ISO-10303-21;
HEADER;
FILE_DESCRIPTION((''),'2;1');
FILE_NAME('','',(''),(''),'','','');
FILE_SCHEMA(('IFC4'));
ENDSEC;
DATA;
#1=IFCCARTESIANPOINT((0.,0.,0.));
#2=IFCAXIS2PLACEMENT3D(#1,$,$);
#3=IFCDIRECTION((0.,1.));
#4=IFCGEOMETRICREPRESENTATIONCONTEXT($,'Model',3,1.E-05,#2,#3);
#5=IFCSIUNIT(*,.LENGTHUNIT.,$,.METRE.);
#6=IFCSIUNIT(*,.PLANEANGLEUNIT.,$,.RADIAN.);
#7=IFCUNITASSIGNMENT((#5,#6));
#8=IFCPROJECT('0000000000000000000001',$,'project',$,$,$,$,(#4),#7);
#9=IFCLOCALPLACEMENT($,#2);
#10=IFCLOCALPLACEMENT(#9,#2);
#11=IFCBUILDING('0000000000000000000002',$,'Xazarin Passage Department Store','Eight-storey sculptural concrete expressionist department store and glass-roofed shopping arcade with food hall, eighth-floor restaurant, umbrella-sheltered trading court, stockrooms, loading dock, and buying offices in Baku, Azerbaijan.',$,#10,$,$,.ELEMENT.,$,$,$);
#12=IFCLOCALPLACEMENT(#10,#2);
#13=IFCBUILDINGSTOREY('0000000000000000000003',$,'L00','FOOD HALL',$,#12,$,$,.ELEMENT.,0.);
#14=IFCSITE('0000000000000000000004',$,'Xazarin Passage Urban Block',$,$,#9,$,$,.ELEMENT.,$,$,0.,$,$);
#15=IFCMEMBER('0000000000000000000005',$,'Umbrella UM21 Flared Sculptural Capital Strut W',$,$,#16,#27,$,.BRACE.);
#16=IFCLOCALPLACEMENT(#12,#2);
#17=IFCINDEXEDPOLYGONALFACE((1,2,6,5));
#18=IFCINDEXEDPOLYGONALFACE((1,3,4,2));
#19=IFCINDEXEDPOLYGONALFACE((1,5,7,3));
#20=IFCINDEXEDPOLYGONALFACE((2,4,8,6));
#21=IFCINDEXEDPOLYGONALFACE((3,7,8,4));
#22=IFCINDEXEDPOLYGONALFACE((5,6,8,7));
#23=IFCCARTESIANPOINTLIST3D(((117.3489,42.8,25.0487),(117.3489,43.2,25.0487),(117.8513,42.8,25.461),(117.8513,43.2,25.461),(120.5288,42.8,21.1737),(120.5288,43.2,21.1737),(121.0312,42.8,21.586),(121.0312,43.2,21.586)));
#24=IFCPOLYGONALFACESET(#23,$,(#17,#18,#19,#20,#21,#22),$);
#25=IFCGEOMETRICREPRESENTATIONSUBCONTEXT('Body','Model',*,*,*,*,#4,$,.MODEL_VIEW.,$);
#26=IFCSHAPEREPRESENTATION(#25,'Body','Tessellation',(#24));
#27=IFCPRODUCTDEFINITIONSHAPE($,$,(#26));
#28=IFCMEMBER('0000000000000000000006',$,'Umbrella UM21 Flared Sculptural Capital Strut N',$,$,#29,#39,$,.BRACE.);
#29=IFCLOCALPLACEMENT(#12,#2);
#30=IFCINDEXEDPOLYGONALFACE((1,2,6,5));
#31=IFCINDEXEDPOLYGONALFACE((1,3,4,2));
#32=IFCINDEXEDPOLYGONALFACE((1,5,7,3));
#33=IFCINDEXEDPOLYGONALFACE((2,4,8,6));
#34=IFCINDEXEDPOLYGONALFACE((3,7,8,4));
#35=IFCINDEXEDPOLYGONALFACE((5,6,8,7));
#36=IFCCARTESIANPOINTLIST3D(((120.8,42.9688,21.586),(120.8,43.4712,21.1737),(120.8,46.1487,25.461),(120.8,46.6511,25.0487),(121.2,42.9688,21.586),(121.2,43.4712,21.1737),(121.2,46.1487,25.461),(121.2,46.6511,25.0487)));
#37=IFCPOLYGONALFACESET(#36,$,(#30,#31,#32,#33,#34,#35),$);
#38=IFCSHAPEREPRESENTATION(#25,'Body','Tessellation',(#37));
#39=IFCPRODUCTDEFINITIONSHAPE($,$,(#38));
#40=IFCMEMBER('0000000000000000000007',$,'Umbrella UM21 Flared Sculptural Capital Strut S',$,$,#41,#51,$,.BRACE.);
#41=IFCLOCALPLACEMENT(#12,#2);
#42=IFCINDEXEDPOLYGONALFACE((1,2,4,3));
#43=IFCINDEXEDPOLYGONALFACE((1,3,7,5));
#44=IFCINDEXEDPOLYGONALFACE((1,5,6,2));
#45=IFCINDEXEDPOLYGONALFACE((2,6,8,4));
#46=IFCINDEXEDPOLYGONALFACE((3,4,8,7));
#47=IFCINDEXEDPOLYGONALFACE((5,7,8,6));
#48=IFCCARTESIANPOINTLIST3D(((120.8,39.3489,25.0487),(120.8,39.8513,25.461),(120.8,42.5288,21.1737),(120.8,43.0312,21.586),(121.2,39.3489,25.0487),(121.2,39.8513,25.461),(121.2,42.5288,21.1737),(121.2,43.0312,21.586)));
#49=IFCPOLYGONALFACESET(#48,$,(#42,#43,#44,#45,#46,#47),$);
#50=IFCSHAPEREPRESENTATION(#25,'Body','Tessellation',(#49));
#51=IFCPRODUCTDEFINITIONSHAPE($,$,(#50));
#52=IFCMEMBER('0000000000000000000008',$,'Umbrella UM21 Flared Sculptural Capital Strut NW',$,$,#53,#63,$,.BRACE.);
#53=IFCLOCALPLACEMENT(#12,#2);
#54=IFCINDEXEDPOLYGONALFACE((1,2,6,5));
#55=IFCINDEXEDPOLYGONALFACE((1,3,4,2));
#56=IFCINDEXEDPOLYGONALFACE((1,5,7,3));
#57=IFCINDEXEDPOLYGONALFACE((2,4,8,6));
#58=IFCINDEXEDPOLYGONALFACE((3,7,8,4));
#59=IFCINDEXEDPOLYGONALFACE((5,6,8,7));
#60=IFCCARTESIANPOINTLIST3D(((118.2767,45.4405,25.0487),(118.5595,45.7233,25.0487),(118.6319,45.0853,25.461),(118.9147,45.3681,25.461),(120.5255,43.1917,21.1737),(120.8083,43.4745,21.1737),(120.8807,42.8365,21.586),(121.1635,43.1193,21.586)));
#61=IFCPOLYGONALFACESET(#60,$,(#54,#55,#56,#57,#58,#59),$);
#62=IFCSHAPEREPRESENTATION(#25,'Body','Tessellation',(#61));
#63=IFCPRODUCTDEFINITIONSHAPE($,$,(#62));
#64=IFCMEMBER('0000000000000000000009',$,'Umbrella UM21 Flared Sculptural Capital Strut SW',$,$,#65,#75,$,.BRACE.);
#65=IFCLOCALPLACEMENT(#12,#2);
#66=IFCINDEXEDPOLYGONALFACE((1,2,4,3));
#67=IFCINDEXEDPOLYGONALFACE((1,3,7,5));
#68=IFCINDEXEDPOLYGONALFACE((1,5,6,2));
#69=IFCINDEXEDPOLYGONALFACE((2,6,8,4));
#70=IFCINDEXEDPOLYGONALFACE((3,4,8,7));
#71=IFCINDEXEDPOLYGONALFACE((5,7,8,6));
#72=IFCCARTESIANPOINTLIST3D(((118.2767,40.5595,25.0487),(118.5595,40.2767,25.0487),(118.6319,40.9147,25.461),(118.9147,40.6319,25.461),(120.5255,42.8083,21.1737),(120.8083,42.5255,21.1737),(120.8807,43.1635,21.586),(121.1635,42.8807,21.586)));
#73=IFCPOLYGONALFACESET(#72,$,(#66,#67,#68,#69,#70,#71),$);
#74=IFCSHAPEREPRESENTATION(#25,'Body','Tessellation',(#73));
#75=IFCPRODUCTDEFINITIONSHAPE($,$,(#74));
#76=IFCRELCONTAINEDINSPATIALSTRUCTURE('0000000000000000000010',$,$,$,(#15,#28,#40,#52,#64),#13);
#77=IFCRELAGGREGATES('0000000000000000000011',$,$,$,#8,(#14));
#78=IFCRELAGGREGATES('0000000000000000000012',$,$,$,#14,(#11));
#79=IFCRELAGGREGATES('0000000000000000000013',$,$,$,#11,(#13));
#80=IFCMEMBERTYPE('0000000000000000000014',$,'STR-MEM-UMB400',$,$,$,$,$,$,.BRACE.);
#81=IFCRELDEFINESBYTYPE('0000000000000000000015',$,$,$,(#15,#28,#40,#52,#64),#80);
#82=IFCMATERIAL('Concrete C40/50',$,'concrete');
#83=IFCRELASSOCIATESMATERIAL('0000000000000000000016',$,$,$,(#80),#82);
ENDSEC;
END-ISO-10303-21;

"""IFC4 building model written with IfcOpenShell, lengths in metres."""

from ifc_helpers import new_model, si_unit, direction, frame, origin, origin_2d, place, context, subcontext, project, spatial, rectangle, extrude, material, material_profile, profile_set, type_object, element, save


model = new_model("IFC4")

# Units and contexts
model_context = context("Model", 3, precision=1e-05, world=origin(), true_north=direction((0.0, 1.0)))
body_context = subcontext(model_context, "Body", "Model", "MODEL_VIEW")
ifc_project = project(units=[si_unit("LENGTHUNIT", "METRE"), si_unit("PLANEANGLEUNIT", "RADIAN")], contexts=[model_context])

# Site, building, storey
site_placement = place(None, origin())
site = spatial("IfcSite", under=ifc_project, at=site_placement, Name="Xazarin Passage Urban Block", CompositionType="ELEMENT", RefElevation=0.0)
building_placement = place(site_placement, origin())
building = spatial("IfcBuilding", under=site, at=building_placement, Name="Xazarin Passage Department Store", Description="Eight-storey sculptural concrete expressionist department store and glass-roofed shopping arcade with food hall, eighth-floor restaurant, umbrella-sheltered trading court, stockrooms, loading dock, and buying offices in Baku, Azerbaijan.", CompositionType="ELEMENT")
storey_placement = place(building_placement, origin())
storey = spatial("IfcBuildingStorey", under=building, at=storey_placement, Name="L00", Description="FOOD HALL", CompositionType="ELEMENT", Elevation=0.0)

# Shared definitions
ifc_material_1 = material(Name="Concrete C40/50", Category="concrete")

# Members
ifc_material_profile_1 = material_profile(ifc_material_1, rectangle(XDim=0.3999, YDim=0.6499, at=origin_2d()), Name="RC 400x650")
ifc_profile_set_1 = profile_set([ifc_material_profile_1], Name="Concrete C40/50")
member_type = type_object("IfcMemberType", Name="STR-MEM-UMB400", PredefinedType="BRACE", material=ifc_profile_set_1)
for number, where, z_axis, x_axis, name in (
    (1, (120.78, 43.0, 21.3799), (-0.63437, 0.0, 0.77303), (0.0, -1.0, 0.0), "Umbrella UM21 Flared Sculptural Capital Strut W"),
    (2, (121.0, 43.22, 21.3799), (0.0, 0.63437, 0.77303), (-1.0, 0.0, 0.0), "Umbrella UM21 Flared Sculptural Capital Strut N"),
    (3, (121.0, 42.78, 21.3799), (0.0, -0.63437, 0.77303), (1.0, 0.0, 0.0), "Umbrella UM21 Flared Sculptural Capital Strut S"),
):
    element("IfcMember", number, at=place(storey_placement, frame(where, z_axis=z_axis, x_axis=x_axis)), inside=storey, type_object=member_type, Name=name, PredefinedType="BRACE", context=body_context, shape_type="SweptSolid", body=[
        extrude(rectangle(XDim=0.3999, YDim=0.6499, at=origin_2d()), origin(), (0.0, 0.0, 1.0), 5.0127),
    ])
for number, where, z_axis, x_axis, name in (
    (4, (120.8445, 43.1555, 21.3799), (-0.448594, 0.448594, 0.772998), (-0.707107, -0.707107, 0.0), "Umbrella UM21 Flared Sculptural Capital Strut NW"),
    (5, (120.8445, 42.8445, 21.3799), (-0.448594, -0.448594, 0.772998), (0.707107, -0.707107, 0.0), "Umbrella UM21 Flared Sculptural Capital Strut SW"),
):
    element("IfcMember", number, at=place(storey_placement, frame(where, z_axis=z_axis, x_axis=x_axis)), inside=storey, type_object=member_type, Name=name, PredefinedType="BRACE", context=body_context, shape_type="SweptSolid", body=[
        extrude(rectangle(XDim=0.3999, YDim=0.6499, at=origin_2d()), origin(), (0.0, 0.0, 1.0), 5.0129),
    ])

save(model, "model.ifc")
